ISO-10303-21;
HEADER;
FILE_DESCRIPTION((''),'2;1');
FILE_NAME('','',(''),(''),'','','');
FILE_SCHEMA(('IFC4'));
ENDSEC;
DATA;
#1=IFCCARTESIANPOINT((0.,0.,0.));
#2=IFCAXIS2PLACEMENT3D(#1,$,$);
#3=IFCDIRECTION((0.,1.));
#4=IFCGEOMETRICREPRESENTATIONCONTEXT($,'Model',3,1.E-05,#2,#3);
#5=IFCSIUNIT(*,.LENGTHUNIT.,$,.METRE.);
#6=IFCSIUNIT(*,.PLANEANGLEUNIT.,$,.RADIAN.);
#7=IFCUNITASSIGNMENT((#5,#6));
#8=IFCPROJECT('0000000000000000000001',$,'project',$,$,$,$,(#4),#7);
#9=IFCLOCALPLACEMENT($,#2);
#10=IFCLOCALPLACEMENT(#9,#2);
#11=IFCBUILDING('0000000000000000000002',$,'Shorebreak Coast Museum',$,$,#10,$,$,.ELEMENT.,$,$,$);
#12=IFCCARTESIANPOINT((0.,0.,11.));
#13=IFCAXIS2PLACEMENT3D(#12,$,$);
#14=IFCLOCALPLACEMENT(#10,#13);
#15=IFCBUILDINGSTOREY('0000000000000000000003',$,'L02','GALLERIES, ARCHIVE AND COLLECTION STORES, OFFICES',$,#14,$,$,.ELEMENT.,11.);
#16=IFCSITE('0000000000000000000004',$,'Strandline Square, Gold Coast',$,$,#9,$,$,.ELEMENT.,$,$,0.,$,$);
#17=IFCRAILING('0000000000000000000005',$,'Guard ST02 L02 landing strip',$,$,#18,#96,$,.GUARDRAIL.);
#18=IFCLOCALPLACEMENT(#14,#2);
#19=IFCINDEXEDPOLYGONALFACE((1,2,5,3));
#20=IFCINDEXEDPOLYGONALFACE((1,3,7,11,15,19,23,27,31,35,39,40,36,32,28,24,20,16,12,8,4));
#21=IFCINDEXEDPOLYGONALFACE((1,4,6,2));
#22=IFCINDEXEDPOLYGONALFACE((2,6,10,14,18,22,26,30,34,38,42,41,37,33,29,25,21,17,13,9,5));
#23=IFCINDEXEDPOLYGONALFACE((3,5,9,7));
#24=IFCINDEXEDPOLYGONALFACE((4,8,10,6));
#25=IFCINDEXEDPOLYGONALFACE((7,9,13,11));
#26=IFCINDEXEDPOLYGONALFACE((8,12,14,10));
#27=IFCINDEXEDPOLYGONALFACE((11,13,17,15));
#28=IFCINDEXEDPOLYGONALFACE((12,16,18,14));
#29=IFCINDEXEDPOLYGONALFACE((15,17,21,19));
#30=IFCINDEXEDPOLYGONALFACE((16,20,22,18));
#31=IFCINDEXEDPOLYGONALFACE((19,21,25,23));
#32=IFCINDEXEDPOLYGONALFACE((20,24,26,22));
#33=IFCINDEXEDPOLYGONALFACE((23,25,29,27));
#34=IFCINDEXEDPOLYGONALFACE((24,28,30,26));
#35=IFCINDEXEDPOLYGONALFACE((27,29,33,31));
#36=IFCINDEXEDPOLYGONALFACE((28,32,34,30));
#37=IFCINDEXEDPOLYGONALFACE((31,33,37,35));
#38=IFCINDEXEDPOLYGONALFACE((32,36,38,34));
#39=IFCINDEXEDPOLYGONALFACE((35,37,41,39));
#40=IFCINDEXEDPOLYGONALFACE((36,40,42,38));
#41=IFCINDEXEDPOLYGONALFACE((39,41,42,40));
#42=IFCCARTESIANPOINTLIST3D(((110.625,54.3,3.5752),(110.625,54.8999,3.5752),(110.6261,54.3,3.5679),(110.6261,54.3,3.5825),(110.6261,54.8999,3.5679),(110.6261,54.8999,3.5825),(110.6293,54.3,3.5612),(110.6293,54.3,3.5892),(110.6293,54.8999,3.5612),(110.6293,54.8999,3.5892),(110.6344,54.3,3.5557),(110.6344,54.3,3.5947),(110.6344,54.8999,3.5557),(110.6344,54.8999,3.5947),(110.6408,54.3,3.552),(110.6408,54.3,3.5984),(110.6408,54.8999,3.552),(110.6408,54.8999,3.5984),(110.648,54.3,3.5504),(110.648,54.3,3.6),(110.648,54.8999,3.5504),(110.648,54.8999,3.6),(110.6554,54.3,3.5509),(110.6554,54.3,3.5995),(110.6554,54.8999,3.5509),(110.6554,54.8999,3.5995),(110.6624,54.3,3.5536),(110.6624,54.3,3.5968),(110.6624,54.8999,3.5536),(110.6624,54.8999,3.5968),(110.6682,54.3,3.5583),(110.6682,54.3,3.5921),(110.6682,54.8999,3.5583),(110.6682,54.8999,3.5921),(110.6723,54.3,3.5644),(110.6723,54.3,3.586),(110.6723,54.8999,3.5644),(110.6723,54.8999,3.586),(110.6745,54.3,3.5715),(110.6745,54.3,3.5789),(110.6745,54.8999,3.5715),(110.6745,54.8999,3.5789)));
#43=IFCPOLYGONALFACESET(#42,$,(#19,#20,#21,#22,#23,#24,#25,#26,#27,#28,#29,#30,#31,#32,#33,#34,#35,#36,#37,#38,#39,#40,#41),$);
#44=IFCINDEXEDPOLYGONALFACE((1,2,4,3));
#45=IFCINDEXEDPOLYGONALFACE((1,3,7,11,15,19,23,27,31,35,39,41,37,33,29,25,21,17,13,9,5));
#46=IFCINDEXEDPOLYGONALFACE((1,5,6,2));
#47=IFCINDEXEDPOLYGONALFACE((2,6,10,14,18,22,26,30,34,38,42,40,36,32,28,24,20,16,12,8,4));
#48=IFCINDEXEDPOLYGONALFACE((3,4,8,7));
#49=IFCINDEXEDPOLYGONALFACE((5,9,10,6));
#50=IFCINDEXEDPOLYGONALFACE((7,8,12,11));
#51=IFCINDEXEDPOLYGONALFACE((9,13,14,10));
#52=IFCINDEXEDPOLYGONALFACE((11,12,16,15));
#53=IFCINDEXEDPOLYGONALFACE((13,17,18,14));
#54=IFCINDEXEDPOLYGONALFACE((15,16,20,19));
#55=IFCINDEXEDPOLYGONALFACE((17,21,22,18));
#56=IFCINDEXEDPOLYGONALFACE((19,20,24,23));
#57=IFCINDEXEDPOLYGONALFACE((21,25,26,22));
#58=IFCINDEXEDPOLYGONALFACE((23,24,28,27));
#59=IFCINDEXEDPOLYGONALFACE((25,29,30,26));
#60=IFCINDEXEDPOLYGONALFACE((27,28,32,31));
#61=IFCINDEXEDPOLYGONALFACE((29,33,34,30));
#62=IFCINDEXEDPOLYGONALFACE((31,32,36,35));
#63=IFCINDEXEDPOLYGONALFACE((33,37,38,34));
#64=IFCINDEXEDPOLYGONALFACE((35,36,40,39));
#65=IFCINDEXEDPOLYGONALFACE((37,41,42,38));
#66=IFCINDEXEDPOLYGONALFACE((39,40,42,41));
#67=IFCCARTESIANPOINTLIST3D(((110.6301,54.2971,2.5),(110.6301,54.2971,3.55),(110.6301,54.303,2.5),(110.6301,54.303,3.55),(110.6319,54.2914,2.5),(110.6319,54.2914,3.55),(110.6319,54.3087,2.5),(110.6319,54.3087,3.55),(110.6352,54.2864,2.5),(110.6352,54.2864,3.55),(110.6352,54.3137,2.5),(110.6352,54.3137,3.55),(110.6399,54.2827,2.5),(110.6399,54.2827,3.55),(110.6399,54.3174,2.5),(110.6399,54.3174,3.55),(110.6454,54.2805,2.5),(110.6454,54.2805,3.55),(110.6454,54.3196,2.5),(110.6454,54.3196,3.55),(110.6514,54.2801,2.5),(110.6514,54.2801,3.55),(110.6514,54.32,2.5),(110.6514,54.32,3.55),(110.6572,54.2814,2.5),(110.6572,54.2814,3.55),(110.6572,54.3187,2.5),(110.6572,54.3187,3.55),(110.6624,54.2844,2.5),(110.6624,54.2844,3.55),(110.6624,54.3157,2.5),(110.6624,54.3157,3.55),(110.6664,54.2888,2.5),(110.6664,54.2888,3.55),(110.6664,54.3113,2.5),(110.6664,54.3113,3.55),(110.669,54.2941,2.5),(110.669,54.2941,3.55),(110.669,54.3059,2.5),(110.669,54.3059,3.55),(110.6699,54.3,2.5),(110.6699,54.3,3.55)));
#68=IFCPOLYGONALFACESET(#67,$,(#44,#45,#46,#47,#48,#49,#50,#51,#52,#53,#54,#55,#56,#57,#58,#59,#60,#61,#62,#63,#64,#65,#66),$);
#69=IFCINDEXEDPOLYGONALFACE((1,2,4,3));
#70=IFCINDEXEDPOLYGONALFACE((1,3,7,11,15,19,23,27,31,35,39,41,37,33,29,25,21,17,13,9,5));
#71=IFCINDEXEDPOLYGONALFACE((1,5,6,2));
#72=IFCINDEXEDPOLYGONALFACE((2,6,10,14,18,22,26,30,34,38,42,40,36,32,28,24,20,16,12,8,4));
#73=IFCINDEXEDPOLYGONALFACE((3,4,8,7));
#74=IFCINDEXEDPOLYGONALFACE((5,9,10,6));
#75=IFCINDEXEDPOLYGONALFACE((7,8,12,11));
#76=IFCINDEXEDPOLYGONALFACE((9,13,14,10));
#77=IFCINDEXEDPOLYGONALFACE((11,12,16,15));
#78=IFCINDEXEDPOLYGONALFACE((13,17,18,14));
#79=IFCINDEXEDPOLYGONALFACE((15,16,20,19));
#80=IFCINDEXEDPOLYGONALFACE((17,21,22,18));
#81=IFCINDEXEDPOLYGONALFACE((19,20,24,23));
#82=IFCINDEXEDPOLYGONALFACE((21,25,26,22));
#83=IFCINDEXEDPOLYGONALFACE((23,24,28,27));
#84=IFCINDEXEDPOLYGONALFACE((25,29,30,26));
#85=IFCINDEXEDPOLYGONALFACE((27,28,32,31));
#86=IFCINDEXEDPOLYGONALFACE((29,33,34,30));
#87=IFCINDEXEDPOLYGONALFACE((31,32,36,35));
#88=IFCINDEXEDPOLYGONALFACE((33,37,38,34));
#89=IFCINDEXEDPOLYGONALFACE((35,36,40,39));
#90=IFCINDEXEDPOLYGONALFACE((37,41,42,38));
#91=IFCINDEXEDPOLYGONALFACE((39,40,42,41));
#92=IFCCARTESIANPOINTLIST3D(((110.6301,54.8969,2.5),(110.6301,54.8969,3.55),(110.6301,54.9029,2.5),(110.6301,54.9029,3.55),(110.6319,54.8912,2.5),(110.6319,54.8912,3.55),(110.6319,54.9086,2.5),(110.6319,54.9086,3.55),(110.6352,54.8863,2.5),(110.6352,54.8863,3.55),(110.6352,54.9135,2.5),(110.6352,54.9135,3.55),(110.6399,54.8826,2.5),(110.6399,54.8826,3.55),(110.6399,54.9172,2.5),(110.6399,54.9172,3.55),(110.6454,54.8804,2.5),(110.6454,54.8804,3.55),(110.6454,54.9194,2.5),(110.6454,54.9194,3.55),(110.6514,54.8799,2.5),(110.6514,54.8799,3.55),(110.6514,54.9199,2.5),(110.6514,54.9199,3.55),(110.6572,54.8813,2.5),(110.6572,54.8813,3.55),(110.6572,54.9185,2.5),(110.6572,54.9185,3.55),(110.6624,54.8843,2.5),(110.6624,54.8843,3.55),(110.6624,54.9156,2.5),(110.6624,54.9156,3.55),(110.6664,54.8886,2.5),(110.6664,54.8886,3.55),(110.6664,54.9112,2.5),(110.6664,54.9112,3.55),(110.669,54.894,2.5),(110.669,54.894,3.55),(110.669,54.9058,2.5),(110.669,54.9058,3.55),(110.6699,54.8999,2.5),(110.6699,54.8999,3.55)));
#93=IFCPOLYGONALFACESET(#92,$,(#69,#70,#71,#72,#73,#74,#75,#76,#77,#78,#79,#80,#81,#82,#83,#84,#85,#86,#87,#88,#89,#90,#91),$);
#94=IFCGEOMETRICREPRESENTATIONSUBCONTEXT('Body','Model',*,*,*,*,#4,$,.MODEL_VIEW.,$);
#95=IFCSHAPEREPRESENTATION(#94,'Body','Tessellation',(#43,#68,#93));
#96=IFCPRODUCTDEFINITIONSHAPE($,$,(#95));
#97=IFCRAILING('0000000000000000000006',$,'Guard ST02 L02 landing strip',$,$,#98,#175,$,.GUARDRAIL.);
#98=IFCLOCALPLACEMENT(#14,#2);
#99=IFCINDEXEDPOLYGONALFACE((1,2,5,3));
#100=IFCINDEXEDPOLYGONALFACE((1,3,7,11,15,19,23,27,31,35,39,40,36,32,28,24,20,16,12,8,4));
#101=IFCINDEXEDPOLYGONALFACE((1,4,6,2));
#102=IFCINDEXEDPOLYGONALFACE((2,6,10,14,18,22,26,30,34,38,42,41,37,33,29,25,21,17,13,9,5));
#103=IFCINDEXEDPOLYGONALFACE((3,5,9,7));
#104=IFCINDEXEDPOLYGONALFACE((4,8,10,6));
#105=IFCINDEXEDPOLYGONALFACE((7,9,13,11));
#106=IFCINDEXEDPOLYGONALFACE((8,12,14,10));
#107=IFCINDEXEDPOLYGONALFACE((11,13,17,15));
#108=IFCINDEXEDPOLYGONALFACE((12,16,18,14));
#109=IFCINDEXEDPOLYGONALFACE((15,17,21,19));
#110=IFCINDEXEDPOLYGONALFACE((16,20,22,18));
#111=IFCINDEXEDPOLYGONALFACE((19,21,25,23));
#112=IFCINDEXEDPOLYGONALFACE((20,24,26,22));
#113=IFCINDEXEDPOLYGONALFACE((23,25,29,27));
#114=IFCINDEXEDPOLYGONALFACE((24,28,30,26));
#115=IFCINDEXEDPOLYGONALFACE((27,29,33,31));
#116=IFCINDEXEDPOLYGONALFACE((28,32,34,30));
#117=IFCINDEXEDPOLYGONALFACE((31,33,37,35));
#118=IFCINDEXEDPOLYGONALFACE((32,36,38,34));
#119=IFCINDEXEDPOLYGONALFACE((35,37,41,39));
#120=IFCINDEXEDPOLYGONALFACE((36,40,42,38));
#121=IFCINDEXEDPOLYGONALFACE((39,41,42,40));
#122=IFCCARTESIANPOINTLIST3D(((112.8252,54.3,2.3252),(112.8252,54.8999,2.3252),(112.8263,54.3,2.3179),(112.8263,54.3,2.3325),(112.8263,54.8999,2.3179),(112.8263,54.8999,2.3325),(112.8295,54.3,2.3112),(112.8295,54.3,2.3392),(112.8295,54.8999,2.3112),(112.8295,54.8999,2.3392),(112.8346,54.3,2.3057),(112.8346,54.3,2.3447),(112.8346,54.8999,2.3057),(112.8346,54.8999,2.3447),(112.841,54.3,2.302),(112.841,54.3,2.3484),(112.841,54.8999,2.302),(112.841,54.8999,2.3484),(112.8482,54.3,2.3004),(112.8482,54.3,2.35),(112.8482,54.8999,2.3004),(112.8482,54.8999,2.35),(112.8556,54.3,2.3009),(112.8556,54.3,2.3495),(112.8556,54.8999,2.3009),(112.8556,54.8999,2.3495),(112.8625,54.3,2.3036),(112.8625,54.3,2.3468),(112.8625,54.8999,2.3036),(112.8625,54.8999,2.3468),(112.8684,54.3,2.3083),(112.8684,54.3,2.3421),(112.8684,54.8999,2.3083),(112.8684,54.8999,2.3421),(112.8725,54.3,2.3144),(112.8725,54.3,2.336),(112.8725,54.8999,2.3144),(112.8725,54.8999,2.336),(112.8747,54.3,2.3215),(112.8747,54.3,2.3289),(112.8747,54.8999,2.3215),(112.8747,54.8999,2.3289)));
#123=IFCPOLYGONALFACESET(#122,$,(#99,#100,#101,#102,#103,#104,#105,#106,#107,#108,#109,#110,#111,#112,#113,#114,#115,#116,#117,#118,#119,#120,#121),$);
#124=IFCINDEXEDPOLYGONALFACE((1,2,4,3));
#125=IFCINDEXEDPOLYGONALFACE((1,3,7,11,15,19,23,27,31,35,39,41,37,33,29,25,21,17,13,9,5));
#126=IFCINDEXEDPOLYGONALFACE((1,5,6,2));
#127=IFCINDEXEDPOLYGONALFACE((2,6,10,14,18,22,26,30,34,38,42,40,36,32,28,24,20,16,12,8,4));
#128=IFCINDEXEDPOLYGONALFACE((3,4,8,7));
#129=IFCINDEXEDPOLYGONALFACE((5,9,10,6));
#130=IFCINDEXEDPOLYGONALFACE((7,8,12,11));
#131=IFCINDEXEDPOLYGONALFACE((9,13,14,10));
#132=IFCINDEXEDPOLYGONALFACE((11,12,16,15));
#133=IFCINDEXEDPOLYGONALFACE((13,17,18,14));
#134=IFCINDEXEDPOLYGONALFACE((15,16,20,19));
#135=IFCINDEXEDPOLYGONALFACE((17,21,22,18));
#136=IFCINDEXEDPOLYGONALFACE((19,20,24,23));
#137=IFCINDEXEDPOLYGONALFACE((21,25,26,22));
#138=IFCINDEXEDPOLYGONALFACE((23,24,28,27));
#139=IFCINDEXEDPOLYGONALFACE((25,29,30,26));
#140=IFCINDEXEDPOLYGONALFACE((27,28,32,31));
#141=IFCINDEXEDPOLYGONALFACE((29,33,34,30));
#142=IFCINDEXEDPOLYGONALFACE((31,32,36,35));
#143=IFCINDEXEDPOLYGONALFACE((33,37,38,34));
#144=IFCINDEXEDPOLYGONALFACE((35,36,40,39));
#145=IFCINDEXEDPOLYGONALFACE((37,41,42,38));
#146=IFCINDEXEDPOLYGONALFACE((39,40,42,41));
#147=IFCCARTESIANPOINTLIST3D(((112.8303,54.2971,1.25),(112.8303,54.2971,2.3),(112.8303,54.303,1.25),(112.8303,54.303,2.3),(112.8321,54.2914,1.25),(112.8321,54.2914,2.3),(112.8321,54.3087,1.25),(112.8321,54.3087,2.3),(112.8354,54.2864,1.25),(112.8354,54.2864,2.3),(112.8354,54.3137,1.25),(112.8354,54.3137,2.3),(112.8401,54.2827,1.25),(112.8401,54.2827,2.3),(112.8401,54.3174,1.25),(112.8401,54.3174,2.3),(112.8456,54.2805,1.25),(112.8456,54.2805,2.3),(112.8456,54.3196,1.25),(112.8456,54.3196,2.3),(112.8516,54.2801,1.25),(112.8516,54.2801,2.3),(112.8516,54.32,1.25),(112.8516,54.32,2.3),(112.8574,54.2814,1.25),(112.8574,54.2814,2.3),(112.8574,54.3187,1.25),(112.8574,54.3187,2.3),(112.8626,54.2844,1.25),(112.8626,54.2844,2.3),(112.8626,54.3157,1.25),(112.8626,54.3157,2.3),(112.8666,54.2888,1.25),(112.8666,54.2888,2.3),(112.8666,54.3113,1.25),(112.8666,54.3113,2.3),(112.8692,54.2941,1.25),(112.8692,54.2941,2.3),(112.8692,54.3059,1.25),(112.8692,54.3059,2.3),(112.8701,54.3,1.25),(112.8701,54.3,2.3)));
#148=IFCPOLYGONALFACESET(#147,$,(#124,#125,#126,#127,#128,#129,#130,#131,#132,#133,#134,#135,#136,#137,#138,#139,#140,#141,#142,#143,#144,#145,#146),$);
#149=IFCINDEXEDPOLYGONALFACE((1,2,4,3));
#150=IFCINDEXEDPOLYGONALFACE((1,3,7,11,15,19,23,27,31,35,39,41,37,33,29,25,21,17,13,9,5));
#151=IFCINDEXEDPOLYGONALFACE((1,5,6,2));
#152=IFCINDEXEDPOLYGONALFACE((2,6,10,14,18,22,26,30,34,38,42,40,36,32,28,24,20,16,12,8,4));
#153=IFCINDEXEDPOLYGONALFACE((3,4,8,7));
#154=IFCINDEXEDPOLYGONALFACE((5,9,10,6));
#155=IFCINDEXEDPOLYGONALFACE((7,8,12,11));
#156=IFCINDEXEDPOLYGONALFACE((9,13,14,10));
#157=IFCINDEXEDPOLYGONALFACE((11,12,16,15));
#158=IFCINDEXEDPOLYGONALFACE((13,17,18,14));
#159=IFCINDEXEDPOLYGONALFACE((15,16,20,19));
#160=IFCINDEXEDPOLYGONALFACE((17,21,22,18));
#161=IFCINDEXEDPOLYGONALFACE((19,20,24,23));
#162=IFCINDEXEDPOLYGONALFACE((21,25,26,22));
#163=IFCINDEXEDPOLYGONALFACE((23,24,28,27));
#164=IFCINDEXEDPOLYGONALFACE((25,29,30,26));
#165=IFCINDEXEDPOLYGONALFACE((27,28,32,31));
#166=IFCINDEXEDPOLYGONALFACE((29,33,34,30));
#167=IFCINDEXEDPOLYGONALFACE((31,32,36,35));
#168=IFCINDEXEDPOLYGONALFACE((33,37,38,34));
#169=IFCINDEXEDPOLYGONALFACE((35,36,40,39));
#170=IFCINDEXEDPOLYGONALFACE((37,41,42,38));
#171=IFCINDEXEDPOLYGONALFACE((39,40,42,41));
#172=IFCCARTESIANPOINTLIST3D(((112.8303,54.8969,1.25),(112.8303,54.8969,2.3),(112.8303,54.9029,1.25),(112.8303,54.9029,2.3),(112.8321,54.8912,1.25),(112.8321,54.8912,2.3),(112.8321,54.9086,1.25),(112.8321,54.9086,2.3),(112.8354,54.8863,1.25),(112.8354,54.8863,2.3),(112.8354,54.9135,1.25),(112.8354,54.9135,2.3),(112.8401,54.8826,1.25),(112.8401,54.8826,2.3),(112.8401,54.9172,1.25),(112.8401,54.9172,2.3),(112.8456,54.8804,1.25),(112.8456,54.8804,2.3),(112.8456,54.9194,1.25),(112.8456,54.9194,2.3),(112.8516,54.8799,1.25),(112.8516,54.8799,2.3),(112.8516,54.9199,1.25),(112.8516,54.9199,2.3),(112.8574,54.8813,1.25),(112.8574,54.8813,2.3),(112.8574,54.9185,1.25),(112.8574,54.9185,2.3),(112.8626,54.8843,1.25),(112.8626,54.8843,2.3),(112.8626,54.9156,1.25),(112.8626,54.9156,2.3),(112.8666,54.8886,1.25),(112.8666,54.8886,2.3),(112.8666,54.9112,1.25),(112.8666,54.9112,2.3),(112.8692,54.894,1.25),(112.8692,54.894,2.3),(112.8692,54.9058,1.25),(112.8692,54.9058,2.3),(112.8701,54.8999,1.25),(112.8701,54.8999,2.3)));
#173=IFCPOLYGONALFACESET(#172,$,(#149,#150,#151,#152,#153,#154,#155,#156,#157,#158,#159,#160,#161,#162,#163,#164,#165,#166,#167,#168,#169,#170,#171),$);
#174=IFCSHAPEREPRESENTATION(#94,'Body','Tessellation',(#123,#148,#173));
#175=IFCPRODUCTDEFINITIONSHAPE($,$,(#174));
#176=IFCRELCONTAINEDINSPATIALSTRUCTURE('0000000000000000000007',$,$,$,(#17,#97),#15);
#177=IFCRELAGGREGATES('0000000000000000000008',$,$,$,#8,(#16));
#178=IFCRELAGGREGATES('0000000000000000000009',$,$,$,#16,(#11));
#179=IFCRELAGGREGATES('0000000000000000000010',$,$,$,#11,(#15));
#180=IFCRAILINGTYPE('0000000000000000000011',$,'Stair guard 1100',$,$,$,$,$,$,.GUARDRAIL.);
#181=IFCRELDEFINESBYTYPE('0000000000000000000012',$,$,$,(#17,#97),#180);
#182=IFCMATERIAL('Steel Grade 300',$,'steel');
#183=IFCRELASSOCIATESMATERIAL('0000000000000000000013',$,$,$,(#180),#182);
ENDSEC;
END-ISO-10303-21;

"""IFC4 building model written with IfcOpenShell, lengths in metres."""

from ifc_helpers import new_model, si_unit, direction, frame, origin, origin_2d, place, context, subcontext, project, spatial, circle, extrude, material, type_object, element, save


model = new_model("IFC4")

# Units and contexts
model_context = context("Model", 3, precision=1e-05, world=origin(), true_north=direction((0.0, 1.0)))
body_context = subcontext(model_context, "Body", "Model", "MODEL_VIEW")
ifc_project = project(units=[si_unit("LENGTHUNIT", "METRE"), si_unit("PLANEANGLEUNIT", "RADIAN")], contexts=[model_context])

# Site, building, storey
site_placement = place(None, origin())
site = spatial("IfcSite", under=ifc_project, at=site_placement, Name="Strandline Square, Gold Coast", CompositionType="ELEMENT", RefElevation=0.0)
building_placement = place(site_placement, origin())
building = spatial("IfcBuilding", under=site, at=building_placement, Name="Shorebreak Coast Museum", CompositionType="ELEMENT")
storey_placement = place(building_placement, frame((0.0, 0.0, 11.0)))
storey = spatial("IfcBuildingStorey", under=building, at=storey_placement, Name="L02", Description="GALLERIES, ARCHIVE AND COLLECTION STORES, OFFICES", CompositionType="ELEMENT", Elevation=11.0)

# Railings
ifc_material_1 = material(Name="Steel Grade 300", Category="steel")
railing_type_1 = type_object("IfcRailingType", Name="Stair guard 1100", PredefinedType="GUARDRAIL", material=ifc_material_1)
for number, where, name in (
    (1, (110.6499, 54.3, 2.5), "Guard ST02 L02 landing strip"),
    (2, (112.8501, 54.3, 1.25), "Guard ST02 L02 landing strip"),
):
    element("IfcRailing", number, at=place(storey_placement, frame(where)), inside=storey, type_object=railing_type_1, Name=name, PredefinedType="GUARDRAIL", context=body_context, shape_type="SweptSolid", body=[
        extrude(circle(Radius=0.0249, at=origin_2d()), frame((0.0, 0.0, 1.0752), z_axis=(0.0, 1.0, 0.0), x_axis=(-1.0, 0.0, 0.0)), (0.0, 0.0, 1.0), 0.5999),
        extrude(circle(Radius=0.02, at=origin_2d()), origin(), (0.0, 0.0, 1.0), 1.05),
        extrude(circle(Radius=0.02, at=origin_2d()), frame((0.0, 0.5999, 0.0)), (0.0, 0.0, 1.0), 1.05),
    ])

save(model, "model.ifc")
